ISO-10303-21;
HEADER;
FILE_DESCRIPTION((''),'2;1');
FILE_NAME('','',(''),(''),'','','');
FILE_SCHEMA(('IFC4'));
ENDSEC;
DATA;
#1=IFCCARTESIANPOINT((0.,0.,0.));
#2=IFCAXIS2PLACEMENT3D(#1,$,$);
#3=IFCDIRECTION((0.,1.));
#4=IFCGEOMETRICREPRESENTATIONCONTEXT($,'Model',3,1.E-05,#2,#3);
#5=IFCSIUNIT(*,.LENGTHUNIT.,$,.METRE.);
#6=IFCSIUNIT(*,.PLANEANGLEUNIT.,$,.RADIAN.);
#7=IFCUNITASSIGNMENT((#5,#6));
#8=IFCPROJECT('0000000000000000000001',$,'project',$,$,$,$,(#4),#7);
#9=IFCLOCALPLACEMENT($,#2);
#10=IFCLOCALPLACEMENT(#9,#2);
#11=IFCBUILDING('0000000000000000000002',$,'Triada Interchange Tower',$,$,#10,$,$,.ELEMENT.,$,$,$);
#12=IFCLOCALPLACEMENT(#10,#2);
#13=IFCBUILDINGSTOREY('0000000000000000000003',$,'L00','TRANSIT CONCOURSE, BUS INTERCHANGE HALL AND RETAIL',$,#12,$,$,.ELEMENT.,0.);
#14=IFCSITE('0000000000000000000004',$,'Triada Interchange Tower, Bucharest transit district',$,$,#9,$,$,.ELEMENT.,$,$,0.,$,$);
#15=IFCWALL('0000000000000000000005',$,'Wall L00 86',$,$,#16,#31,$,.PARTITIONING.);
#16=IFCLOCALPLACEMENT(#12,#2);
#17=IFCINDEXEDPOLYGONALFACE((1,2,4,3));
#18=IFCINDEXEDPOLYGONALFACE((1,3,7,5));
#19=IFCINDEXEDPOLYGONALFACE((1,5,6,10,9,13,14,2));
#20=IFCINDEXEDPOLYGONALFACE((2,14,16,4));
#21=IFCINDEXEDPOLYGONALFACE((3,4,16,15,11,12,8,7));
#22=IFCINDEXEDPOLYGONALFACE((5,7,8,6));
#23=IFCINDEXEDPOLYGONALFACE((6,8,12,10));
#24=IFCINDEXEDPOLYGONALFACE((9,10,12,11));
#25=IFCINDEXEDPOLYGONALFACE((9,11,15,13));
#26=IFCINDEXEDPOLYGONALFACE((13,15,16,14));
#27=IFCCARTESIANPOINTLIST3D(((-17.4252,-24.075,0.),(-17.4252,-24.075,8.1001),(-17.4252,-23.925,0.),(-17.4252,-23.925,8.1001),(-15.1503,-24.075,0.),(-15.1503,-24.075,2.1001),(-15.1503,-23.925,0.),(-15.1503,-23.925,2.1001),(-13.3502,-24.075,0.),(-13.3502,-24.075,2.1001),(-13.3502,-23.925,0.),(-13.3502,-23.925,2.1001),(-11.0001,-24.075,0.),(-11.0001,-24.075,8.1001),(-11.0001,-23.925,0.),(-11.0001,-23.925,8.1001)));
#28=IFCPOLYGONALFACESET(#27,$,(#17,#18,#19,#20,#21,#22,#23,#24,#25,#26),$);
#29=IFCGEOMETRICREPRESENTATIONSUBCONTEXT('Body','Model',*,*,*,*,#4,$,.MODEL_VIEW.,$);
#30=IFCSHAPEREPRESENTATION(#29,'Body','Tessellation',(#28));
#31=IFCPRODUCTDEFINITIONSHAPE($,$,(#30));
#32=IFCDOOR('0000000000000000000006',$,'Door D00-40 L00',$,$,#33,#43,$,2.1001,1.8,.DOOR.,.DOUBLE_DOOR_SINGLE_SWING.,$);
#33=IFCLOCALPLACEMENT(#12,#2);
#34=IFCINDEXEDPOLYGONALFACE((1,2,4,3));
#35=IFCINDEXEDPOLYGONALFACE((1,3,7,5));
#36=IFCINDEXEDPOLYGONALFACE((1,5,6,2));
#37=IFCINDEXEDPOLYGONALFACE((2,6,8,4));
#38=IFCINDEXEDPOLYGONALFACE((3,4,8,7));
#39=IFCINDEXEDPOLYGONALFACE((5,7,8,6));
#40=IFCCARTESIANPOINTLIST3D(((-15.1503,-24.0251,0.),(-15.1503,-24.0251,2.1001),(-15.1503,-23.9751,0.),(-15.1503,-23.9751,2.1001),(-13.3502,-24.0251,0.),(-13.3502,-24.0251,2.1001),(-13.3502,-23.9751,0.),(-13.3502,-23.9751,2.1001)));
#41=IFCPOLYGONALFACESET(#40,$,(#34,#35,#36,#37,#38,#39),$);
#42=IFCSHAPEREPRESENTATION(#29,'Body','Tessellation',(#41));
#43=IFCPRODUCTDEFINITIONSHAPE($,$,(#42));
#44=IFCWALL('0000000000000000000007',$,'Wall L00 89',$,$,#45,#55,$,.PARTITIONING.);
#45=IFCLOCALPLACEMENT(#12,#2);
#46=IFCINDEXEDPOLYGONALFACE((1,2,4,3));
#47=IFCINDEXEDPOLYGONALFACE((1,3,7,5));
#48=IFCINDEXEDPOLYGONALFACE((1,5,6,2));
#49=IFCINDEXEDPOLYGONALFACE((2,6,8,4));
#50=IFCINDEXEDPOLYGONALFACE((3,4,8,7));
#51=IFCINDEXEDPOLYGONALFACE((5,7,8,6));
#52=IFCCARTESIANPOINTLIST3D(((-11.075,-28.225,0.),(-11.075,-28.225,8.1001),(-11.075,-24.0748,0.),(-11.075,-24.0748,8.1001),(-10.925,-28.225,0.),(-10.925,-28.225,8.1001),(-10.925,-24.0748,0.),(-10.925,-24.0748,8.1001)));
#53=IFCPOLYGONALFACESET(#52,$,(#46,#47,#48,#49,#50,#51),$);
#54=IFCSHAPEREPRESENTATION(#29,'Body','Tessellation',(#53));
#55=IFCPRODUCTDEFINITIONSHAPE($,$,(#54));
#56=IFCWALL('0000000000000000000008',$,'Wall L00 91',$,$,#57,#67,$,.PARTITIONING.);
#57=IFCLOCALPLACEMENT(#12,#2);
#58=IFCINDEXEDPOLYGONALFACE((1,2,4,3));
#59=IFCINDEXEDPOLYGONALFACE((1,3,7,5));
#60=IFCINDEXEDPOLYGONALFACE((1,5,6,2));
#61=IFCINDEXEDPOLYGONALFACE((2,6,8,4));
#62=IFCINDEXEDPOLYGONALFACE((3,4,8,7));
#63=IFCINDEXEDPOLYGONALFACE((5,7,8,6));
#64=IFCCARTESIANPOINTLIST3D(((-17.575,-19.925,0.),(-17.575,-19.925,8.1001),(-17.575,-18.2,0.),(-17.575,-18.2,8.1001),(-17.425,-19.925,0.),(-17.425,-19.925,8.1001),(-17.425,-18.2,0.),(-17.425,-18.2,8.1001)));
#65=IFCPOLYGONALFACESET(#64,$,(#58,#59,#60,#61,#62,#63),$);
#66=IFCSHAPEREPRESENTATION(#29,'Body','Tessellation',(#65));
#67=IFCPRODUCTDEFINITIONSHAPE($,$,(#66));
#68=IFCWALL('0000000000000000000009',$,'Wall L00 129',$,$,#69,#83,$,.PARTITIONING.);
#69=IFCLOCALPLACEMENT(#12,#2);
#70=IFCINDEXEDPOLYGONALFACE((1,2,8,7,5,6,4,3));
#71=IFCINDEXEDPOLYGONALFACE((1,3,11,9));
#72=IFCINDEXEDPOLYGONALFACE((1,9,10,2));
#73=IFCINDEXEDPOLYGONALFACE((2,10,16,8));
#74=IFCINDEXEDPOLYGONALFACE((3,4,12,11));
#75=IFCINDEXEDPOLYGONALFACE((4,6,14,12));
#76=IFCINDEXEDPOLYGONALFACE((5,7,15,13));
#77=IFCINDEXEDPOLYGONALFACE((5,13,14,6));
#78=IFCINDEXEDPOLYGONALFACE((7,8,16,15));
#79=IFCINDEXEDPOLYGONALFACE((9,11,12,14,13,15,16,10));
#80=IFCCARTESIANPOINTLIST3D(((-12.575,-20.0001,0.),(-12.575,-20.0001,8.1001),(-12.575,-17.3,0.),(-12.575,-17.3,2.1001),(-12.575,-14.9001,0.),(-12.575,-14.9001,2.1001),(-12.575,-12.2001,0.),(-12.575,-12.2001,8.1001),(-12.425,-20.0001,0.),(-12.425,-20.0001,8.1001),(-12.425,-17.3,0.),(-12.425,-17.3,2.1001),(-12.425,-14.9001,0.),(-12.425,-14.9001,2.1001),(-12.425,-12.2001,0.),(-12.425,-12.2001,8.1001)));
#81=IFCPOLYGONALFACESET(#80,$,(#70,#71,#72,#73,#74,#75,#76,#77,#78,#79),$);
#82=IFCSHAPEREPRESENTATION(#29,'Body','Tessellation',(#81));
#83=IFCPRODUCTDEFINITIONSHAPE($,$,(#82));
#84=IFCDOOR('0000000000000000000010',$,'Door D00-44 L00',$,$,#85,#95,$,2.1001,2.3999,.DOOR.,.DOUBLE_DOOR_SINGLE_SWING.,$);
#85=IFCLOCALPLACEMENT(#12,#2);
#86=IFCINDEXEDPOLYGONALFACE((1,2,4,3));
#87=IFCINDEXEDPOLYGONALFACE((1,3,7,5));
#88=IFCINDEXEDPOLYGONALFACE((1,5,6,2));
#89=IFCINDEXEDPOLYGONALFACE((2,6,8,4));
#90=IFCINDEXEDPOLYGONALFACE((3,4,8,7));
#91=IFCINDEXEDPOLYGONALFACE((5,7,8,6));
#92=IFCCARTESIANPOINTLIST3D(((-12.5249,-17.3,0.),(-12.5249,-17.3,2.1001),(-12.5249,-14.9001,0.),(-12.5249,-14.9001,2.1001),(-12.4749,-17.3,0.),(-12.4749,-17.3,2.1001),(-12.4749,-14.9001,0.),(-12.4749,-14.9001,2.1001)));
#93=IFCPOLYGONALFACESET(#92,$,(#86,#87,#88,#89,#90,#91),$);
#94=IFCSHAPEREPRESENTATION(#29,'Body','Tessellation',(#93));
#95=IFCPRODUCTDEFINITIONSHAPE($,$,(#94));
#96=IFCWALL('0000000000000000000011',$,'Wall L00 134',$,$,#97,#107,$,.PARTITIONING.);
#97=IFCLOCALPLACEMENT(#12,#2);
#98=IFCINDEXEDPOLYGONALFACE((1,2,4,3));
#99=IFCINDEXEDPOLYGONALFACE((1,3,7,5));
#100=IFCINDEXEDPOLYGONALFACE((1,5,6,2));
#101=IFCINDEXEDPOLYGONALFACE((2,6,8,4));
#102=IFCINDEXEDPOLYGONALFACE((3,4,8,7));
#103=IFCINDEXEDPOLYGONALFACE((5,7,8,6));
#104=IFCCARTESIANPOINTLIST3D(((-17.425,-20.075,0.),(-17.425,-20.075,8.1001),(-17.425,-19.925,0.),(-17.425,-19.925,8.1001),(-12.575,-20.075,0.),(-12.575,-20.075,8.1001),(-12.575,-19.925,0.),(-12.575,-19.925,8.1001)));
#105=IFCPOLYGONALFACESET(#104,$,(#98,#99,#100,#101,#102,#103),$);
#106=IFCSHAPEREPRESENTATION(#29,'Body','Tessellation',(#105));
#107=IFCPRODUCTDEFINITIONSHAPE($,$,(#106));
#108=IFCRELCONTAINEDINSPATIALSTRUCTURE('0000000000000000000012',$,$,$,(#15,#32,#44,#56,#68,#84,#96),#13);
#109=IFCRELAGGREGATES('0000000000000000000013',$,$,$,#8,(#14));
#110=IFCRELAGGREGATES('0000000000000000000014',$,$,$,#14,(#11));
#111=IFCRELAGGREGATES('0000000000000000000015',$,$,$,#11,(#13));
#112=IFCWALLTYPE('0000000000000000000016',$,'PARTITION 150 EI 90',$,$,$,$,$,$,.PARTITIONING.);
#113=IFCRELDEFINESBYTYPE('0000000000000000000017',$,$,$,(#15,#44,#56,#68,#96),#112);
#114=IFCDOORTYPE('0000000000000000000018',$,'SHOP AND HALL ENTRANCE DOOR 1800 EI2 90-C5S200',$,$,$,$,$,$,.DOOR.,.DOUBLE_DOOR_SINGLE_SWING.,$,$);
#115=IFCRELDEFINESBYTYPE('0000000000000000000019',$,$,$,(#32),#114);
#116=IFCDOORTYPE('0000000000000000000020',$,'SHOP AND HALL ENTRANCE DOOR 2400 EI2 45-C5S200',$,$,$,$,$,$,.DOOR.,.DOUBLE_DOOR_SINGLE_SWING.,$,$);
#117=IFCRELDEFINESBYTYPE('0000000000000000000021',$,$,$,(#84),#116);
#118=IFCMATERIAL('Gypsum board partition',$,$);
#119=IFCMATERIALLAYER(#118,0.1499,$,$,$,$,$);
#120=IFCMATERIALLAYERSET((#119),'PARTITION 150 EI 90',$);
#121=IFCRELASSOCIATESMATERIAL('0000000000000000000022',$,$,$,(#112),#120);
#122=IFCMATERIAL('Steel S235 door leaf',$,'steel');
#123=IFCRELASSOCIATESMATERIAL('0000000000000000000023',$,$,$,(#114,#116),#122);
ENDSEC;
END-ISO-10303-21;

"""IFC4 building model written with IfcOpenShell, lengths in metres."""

from ifc_helpers import new_model, si_unit, direction, frame, frame_2d, origin, place, context, subcontext, project, spatial, rectangle, extrude, material, layer, layer_set, type_object, element, fill, save


model = new_model("IFC4")

# Units and contexts
model_context = context("Model", 3, precision=1e-05, world=origin(), true_north=direction((0.0, 1.0)))
body_context = subcontext(model_context, "Body", "Model", "MODEL_VIEW")
ifc_project = project(units=[si_unit("LENGTHUNIT", "METRE"), si_unit("PLANEANGLEUNIT", "RADIAN")], contexts=[model_context])

# Site, building, storey
site_placement = place(None, origin())
site = spatial("IfcSite", under=ifc_project, at=site_placement, Name="Triada Interchange Tower, Bucharest transit district", CompositionType="ELEMENT", RefElevation=0.0)
building_placement = place(site_placement, origin())
building = spatial("IfcBuilding", under=site, at=building_placement, Name="Triada Interchange Tower", CompositionType="ELEMENT")
storey_placement = place(building_placement, origin())
storey = spatial("IfcBuildingStorey", under=building, at=storey_placement, Name="L00", Description="TRANSIT CONCOURSE, BUS INTERCHANGE HALL AND RETAIL", CompositionType="ELEMENT", Elevation=0.0)

# Shared definitions
ifc_material_1 = material(Name="Steel S235 door leaf", Category="steel")

# Shared definitions
ifc_material_2 = material(Name="Gypsum board partition")

# Wall, opening, door
ifc_layer_1 = layer(ifc_material_2, 0.1499)
ifc_layer_set_1 = layer_set([ifc_layer_1], Name="PARTITION 150 EI 90")
wall_type_1 = type_object("IfcWallType", Name="PARTITION 150 EI 90", PredefinedType="PARTITIONING", material=ifc_layer_set_1)
wall_1_placement = place(storey_placement, frame((-17.425, -24.0, 0.0), z_axis=(0.0, 0.0, 1.0), x_axis=(1.0, 0.0, 0.0)))
wall_1 = element("IfcWall", 1, at=wall_1_placement, inside=storey, type_object=wall_type_1, Name="Wall L00 86", PredefinedType="PARTITIONING", context=body_context, shape_type="SweptSolid", body=[
    extrude(rectangle(XDim=6.425, YDim=0.1499, at=frame_2d((3.2124, 0.0))), origin(), (0.0, 0.0, 1.0), 8.1001),
])
opening_1_placement = place(wall_1_placement, frame((2.2749, 0.0, 0.0)))
opening_1 = element("IfcOpeningElement", 2, at=opening_1_placement, cuts=wall_1, PredefinedType="OPENING", context=body_context, shape_type="SweptSolid", body=[
    extrude(rectangle(XDim=1.8, YDim=2.1001, at=frame_2d((0.8999, 1.05))), frame((0.0, 0.085, 0.0), z_axis=(0.0, -1.0, 0.0), x_axis=(1.0, 0.0, 0.0)), (0.0, 0.0, 1.0), 0.1699),
])
door_type_1 = type_object("IfcDoorType", Name="SHOP AND HALL ENTRANCE DOOR 1800 EI2 90-C5S200", OperationType="DOUBLE_DOOR_SINGLE_SWING", PredefinedType="DOOR", material=ifc_material_1)
door_1_placement = place(opening_1_placement, origin())
door_1 = element("IfcDoor", 3, at=door_1_placement, inside=storey, type_object=door_type_1, Name="Door D00-40 L00", OperationType="DOUBLE_DOOR_SINGLE_SWING", OverallHeight=2.1001, OverallWidth=1.8, PredefinedType="DOOR", context=body_context, shape_type="SweptSolid", body=[
    extrude(rectangle(XDim=1.8, YDim=2.1001, at=frame_2d((0.8999, 1.05))), frame((0.0, 0.0249, 0.0), z_axis=(0.0, -1.0, 0.0), x_axis=(1.0, 0.0, 0.0)), (0.0, 0.0, 1.0), 0.05),
])
fill(opening_1, door_1)

# Walls
wall_2_placement = place(storey_placement, frame((-11.0, -28.2251, 0.0), z_axis=(0.0, 0.0, 1.0), x_axis=(0.0, 1.0, 0.0)))
element("IfcWall", 4, at=wall_2_placement, inside=storey, type_object=wall_type_1, Name="Wall L00 89", PredefinedType="PARTITIONING", context=body_context, shape_type="SweptSolid", body=[
    extrude(rectangle(XDim=4.1501, YDim=0.1499, at=frame_2d((2.0752, 0.0))), origin(), (0.0, 0.0, 1.0), 8.1001),
])
wall_3_placement = place(storey_placement, frame((-17.5, -19.925, 0.0), z_axis=(0.0, 0.0, 1.0), x_axis=(0.0, 1.0, 0.0)))
element("IfcWall", 5, at=wall_3_placement, inside=storey, type_object=wall_type_1, Name="Wall L00 91", PredefinedType="PARTITIONING", context=body_context, shape_type="SweptSolid", body=[
    extrude(rectangle(XDim=1.7251, YDim=0.1499, at=frame_2d((0.8625, 0.0))), origin(), (0.0, 0.0, 1.0), 8.1001),
])

# Wall, opening, door
wall_4_placement = place(storey_placement, frame((-12.5, -20.0, 0.0), z_axis=(0.0, 0.0, 1.0), x_axis=(0.0, 1.0, 0.0)))
wall_4 = element("IfcWall", 6, at=wall_4_placement, inside=storey, type_object=wall_type_1, Name="Wall L00 129", PredefinedType="PARTITIONING", context=body_context, shape_type="SweptSolid", body=[
    extrude(rectangle(XDim=7.8, YDim=0.1499, at=frame_2d((3.8999, 0.0))), origin(), (0.0, 0.0, 1.0), 8.1001),
])
opening_2_placement = place(wall_4_placement, frame((2.7, 0.0, 0.0)))
opening_2 = element("IfcOpeningElement", 7, at=opening_2_placement, cuts=wall_4, PredefinedType="OPENING", context=body_context, shape_type="SweptSolid", body=[
    extrude(rectangle(XDim=2.3999, YDim=2.1001, at=frame_2d((1.2, 1.05))), frame((0.0, 0.085, 0.0), z_axis=(0.0, -1.0, 0.0), x_axis=(1.0, 0.0, 0.0)), (0.0, 0.0, 1.0), 0.1699),
])
door_type_2 = type_object("IfcDoorType", Name="SHOP AND HALL ENTRANCE DOOR 2400 EI2 45-C5S200", OperationType="DOUBLE_DOOR_SINGLE_SWING", PredefinedType="DOOR", material=ifc_material_1)
door_2_placement = place(opening_2_placement, origin())
door_2 = element("IfcDoor", 8, at=door_2_placement, inside=storey, type_object=door_type_2, Name="Door D00-44 L00", OperationType="DOUBLE_DOOR_SINGLE_SWING", OverallHeight=2.1001, OverallWidth=2.3999, PredefinedType="DOOR", context=body_context, shape_type="SweptSolid", body=[
    extrude(rectangle(XDim=2.3999, YDim=2.1001, at=frame_2d((1.2, 1.05))), frame((0.0, 0.0249, 0.0), z_axis=(0.0, -1.0, 0.0), x_axis=(1.0, 0.0, 0.0)), (0.0, 0.0, 1.0), 0.05),
])
fill(opening_2, door_2)

# Wall
wall_5_placement = place(storey_placement, frame((-17.425, -20.0, 0.0), z_axis=(0.0, 0.0, 1.0), x_axis=(1.0, 0.0, 0.0)))
element("IfcWall", 9, at=wall_5_placement, inside=storey, type_object=wall_type_1, Name="Wall L00 134", PredefinedType="PARTITIONING", context=body_context, shape_type="SweptSolid", body=[
    extrude(rectangle(XDim=4.8501, YDim=0.1499, at=frame_2d((2.425, 0.0))), origin(), (0.0, 0.0, 1.0), 8.1001),
])

save(model, "model.ifc")
